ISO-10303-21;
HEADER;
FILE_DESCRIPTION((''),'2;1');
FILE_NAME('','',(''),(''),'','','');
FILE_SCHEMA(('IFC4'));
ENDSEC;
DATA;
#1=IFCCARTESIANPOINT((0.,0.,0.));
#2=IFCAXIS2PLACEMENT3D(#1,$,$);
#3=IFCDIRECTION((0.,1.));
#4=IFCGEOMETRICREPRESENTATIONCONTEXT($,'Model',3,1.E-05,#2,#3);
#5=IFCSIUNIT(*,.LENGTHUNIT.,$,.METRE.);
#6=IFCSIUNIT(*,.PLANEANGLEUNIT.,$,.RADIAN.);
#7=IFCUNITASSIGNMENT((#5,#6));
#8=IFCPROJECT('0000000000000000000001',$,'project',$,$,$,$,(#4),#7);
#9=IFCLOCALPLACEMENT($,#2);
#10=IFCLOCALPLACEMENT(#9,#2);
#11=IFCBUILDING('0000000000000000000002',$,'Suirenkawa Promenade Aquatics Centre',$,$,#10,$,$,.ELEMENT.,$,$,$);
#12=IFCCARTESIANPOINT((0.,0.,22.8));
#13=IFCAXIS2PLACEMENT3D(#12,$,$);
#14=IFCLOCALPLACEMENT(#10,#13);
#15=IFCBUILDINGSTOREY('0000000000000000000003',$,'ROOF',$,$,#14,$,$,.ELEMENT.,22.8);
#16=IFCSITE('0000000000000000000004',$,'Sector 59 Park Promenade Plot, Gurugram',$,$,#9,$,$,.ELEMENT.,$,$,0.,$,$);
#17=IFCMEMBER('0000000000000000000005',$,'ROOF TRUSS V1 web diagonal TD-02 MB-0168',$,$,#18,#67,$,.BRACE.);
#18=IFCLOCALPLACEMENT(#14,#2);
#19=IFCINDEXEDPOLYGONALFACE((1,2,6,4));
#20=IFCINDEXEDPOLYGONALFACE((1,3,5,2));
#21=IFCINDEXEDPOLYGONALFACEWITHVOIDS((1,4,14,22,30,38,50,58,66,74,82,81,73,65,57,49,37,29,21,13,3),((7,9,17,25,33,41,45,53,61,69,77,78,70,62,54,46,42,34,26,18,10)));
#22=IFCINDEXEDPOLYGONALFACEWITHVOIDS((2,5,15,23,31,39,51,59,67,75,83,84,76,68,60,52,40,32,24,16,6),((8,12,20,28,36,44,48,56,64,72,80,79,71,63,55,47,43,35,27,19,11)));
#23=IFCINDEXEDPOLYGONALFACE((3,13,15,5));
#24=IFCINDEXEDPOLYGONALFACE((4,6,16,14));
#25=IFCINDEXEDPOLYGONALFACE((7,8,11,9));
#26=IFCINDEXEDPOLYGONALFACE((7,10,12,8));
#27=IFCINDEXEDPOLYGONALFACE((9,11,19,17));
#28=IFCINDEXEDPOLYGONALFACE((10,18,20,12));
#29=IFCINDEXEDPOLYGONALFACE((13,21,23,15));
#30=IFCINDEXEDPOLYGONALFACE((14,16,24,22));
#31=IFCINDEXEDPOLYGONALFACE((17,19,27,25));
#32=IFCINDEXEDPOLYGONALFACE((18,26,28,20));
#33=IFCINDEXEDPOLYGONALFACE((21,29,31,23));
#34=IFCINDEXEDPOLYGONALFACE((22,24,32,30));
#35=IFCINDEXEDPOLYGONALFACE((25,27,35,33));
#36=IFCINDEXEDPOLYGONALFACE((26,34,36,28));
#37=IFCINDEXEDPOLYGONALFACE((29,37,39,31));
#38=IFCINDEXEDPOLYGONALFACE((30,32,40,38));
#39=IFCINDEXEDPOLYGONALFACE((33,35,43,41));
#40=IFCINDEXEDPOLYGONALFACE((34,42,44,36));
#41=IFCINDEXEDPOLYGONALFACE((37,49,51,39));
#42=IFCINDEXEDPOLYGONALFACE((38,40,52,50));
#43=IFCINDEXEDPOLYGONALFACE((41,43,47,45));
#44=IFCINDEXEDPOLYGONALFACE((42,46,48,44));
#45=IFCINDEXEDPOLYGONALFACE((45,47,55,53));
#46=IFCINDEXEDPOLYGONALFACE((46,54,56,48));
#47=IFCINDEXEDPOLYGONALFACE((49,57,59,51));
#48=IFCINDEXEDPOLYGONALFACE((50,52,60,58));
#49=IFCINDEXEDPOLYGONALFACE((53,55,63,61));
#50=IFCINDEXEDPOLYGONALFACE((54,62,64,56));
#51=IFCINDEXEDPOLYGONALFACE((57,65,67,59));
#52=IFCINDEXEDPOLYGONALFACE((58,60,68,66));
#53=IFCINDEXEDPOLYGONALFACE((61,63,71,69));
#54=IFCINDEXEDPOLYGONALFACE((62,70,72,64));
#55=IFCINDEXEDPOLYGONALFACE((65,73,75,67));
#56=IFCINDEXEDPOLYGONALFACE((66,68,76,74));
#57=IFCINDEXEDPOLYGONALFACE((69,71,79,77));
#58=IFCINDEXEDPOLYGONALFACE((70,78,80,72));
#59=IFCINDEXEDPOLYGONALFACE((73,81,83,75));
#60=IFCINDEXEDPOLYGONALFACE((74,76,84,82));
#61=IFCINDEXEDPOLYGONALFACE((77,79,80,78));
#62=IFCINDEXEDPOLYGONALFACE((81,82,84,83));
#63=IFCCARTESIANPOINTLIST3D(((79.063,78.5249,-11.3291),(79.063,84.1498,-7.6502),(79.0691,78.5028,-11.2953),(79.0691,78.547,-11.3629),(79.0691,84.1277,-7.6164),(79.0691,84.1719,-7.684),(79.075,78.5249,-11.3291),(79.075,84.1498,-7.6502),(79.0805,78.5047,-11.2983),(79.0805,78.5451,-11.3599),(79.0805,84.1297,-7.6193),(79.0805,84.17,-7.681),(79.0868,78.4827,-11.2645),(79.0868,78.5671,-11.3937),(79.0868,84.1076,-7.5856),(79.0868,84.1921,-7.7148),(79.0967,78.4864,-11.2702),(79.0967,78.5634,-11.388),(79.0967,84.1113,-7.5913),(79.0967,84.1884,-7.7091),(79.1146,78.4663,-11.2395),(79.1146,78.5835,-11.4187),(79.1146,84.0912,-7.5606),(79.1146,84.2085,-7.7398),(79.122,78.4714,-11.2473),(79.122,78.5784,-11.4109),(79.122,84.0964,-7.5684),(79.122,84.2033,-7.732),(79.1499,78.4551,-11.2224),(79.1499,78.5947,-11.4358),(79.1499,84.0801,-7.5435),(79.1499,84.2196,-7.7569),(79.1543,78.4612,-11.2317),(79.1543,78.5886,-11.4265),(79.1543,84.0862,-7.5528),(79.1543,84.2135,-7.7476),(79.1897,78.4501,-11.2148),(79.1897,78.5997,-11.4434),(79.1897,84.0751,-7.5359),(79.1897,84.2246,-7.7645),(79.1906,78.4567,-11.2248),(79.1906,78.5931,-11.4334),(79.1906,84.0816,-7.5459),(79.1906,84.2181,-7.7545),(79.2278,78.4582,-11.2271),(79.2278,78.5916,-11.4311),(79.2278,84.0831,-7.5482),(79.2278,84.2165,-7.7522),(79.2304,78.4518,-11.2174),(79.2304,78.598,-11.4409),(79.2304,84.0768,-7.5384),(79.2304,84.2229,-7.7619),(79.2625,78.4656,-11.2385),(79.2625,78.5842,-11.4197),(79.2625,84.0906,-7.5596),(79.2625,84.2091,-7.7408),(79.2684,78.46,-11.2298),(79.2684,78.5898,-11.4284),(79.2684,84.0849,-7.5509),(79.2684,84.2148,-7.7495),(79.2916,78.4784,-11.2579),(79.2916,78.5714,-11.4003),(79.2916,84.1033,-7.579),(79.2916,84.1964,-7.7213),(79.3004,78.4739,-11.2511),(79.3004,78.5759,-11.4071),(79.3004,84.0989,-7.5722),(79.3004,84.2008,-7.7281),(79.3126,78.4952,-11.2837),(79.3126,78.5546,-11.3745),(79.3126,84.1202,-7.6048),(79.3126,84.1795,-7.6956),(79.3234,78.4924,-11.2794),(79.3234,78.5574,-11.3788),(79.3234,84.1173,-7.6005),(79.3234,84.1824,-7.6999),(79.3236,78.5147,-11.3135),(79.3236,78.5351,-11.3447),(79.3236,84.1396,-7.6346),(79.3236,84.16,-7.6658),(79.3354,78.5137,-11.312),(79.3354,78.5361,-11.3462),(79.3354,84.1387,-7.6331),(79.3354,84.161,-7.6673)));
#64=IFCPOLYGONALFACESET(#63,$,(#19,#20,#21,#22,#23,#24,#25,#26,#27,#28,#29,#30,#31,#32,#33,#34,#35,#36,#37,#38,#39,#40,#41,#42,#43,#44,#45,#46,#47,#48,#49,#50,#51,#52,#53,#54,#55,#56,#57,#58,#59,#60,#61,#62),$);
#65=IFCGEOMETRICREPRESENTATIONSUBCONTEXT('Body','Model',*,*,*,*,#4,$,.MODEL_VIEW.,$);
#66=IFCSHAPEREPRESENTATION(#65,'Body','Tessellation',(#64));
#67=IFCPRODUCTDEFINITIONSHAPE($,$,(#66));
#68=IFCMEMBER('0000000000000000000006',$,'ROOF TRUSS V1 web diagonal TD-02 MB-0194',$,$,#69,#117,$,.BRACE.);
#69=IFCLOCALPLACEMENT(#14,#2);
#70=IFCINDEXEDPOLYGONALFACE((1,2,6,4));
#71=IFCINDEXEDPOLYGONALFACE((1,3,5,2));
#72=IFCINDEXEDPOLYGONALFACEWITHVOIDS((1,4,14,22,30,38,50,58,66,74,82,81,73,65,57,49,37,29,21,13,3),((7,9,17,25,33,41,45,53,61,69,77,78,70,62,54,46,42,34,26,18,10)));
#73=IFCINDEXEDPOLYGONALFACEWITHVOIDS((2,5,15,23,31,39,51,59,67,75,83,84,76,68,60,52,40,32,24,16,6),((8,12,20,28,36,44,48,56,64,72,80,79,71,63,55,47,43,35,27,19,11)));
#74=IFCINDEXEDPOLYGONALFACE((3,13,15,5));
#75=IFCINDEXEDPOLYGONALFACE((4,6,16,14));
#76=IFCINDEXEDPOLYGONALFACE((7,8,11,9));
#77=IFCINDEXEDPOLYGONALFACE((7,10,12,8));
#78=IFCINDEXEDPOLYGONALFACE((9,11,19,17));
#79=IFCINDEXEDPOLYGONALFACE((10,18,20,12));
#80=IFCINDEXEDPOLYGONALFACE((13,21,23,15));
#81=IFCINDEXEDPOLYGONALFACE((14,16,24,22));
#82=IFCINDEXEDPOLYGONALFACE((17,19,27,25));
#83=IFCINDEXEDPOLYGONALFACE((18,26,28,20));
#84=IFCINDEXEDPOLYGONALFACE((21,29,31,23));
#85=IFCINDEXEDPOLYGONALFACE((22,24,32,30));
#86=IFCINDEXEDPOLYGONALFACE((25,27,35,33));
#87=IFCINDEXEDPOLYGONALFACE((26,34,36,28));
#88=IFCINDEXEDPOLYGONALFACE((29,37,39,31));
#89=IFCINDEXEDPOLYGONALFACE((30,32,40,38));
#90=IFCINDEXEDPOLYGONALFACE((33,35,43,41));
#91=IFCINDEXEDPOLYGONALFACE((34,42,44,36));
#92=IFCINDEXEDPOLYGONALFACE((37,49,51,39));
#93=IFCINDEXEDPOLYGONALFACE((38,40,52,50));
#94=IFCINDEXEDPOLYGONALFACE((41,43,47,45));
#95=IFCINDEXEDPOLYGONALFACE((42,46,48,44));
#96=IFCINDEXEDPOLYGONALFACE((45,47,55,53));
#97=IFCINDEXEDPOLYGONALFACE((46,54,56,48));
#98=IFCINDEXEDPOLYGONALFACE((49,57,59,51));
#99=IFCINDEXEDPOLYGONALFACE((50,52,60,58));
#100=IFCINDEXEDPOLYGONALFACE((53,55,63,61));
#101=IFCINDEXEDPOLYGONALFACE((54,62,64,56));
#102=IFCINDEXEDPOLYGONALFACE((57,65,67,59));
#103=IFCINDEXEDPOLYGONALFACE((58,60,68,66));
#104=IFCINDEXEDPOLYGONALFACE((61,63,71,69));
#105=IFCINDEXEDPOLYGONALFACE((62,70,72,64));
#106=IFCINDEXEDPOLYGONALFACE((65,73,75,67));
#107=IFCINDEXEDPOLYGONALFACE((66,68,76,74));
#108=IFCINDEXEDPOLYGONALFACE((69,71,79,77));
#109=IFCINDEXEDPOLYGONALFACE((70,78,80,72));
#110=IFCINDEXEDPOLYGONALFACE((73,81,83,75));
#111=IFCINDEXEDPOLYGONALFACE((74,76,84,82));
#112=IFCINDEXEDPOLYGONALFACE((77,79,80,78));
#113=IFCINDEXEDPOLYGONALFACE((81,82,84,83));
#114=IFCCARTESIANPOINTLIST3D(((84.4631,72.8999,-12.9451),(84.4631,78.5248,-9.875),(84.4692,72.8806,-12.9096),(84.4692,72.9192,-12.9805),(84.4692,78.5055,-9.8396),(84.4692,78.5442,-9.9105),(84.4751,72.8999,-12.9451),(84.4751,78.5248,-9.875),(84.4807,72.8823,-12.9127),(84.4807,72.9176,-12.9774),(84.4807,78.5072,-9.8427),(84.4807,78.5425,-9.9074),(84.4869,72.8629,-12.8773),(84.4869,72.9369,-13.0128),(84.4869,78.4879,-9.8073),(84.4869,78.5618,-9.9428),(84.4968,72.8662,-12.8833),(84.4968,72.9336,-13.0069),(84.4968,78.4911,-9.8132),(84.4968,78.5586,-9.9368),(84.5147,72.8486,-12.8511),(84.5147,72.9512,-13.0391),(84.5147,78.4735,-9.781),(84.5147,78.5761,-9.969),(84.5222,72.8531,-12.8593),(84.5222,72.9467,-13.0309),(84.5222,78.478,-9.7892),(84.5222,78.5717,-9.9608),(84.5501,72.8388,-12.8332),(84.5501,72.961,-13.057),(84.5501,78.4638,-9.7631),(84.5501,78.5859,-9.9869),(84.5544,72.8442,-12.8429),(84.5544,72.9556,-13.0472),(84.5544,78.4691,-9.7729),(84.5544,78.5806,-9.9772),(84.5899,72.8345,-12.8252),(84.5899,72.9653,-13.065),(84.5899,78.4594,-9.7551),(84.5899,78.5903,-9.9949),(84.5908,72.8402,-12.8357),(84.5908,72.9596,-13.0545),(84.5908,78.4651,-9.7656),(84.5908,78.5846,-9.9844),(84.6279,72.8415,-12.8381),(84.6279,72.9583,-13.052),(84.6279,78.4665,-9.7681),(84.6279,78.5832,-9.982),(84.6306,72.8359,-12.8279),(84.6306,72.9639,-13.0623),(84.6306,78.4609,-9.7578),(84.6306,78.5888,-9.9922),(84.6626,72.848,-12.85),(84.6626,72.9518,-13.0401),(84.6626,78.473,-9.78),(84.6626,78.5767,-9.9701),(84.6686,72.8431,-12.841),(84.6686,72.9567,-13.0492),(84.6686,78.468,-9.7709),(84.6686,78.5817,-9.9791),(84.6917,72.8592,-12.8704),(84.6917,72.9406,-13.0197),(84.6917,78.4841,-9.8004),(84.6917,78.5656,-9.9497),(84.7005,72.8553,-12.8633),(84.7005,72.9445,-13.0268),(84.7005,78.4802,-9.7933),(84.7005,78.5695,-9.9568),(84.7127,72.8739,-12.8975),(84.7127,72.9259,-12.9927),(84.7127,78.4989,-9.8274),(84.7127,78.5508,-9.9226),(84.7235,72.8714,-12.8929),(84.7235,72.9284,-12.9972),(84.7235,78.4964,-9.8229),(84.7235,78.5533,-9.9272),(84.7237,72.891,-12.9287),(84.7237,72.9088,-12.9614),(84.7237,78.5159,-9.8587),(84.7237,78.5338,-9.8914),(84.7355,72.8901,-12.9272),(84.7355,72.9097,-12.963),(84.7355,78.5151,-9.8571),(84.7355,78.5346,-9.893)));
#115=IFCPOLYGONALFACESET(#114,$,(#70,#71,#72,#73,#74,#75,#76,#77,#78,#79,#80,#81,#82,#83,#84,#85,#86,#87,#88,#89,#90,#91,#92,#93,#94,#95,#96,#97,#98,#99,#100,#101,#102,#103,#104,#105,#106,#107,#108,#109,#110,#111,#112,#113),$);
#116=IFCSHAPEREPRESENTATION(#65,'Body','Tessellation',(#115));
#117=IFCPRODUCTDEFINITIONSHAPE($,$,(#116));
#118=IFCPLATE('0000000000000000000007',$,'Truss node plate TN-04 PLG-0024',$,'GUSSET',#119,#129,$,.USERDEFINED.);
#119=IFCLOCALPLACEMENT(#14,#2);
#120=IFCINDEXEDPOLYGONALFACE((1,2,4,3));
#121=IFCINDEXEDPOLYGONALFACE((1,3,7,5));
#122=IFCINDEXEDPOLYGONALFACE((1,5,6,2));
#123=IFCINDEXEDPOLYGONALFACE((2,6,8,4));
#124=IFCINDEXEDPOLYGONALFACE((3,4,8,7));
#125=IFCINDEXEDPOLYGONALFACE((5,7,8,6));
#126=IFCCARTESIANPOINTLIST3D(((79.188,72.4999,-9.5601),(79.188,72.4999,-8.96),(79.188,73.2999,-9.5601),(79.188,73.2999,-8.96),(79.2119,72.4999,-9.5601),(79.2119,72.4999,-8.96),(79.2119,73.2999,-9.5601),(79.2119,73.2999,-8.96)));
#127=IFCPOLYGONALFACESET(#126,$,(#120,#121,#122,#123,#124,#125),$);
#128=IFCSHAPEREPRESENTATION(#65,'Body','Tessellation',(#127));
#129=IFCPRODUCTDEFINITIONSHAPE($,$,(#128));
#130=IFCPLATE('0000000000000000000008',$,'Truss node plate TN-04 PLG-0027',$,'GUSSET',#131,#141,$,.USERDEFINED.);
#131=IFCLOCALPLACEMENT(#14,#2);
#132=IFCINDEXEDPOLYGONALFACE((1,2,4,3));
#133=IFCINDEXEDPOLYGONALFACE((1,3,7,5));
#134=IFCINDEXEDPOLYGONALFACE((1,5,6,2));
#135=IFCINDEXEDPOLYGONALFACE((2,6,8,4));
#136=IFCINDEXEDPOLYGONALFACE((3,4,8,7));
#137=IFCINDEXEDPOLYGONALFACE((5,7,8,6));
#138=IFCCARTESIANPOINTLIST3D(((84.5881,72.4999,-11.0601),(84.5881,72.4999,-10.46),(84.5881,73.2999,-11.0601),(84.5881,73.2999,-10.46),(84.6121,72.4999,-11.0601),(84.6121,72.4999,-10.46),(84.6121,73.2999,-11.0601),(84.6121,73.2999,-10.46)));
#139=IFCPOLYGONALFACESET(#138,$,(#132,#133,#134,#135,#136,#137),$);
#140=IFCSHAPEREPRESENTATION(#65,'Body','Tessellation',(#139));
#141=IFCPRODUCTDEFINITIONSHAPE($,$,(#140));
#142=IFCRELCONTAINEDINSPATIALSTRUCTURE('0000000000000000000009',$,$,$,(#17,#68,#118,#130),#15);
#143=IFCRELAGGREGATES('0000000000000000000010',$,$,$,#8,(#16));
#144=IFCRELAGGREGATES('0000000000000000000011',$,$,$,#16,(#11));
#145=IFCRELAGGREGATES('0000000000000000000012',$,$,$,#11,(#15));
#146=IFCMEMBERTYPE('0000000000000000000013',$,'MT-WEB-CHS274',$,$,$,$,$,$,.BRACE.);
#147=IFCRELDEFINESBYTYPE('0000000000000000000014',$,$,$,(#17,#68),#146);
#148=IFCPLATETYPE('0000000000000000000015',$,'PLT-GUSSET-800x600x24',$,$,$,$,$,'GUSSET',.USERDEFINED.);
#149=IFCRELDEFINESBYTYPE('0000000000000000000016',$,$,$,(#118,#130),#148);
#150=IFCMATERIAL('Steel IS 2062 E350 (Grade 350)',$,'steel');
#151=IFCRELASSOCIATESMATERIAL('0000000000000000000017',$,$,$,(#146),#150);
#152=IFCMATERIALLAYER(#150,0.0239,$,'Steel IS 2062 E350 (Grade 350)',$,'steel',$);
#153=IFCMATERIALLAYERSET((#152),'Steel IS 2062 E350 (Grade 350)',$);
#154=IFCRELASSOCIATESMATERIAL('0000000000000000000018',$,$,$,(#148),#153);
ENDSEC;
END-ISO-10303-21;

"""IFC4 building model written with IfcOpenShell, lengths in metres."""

from ifc_helpers import new_model, si_unit, direction, frame, origin, origin_2d, place, context, subcontext, project, spatial, rectangle, hollow_circle, extrude, material, layer, layer_set, material_profile, profile_set, type_object, element, save


model = new_model("IFC4")

# Units and contexts
model_context = context("Model", 3, precision=1e-05, world=origin(), true_north=direction((0.0, 1.0)))
body_context = subcontext(model_context, "Body", "Model", "MODEL_VIEW")
ifc_project = project(units=[si_unit("LENGTHUNIT", "METRE"), si_unit("PLANEANGLEUNIT", "RADIAN")], contexts=[model_context])

# Site, building, storey
site_placement = place(None, origin())
site = spatial("IfcSite", under=ifc_project, at=site_placement, Name="Sector 59 Park Promenade Plot, Gurugram", CompositionType="ELEMENT", RefElevation=0.0)
building_placement = place(site_placement, origin())
building = spatial("IfcBuilding", under=site, at=building_placement, Name="Suirenkawa Promenade Aquatics Centre", CompositionType="ELEMENT")
storey_placement = place(building_placement, frame((0.0, 0.0, 22.8)))
storey = spatial("IfcBuildingStorey", under=building, at=storey_placement, Name="ROOF", CompositionType="ELEMENT", Elevation=22.8)

# Shared definitions
ifc_material = material(Name="Steel IS 2062 E350 (Grade 350)", Category="steel")

# Members
ifc_material_profile_1 = material_profile(ifc_material, hollow_circle(Radius=0.137, WallThickness=0.012, at=origin_2d()), Name="CHS 274x12", Category="steel")
ifc_profile_set_1 = profile_set([ifc_material_profile_1], Name="Steel IS 2062 E350 (Grade 350)")
member_type_1 = type_object("IfcMemberType", Name="MT-WEB-CHS274", PredefinedType="BRACE", material=ifc_profile_set_1)
member_1_placement = place(storey_placement, frame((79.2, 78.5249, -11.3291), z_axis=(0.0, 0.836897, 0.547361), x_axis=(-1.0, 0.0, 0.0)))
element("IfcMember", 1, at=member_1_placement, inside=storey, type_object=member_type_1, Name="ROOF TRUSS V1 web diagonal TD-02 MB-0168", PredefinedType="BRACE", context=body_context, shape_type="SweptSolid", body=[
    extrude(hollow_circle(Radius=0.137, WallThickness=0.012, at=origin_2d()), origin(), (0.0, 0.0, 1.0), 6.7212),
])
member_2_placement = place(storey_placement, frame((84.6001, 72.8999, -12.9451), z_axis=(0.0, 0.877772, 0.479079), x_axis=(-1.0, 0.0, 0.0)))
element("IfcMember", 2, at=member_2_placement, inside=storey, type_object=member_type_1, Name="ROOF TRUSS V1 web diagonal TD-02 MB-0194", PredefinedType="BRACE", context=body_context, shape_type="SweptSolid", body=[
    extrude(hollow_circle(Radius=0.137, WallThickness=0.012, at=origin_2d()), origin(), (0.0, 0.0, 1.0), 6.4082),
])

# Plates
ifc_layer = layer(ifc_material, 0.0239, Name="Steel IS 2062 E350 (Grade 350)", Category="steel")
ifc_layer_set = layer_set([ifc_layer], Name="Steel IS 2062 E350 (Grade 350)")
plate_type = type_object("IfcPlateType", Name="PLT-GUSSET-800x600x24", ElementType="GUSSET", PredefinedType="USERDEFINED", material=ifc_layer_set)
for number, where, z_axis, x_axis, name in (
    (3, (79.2, 72.8999, -9.5601), (0.0, 0.0, 1.0), (0.0, 1.0, 0.0), "Truss node plate TN-04 PLG-0024"),
    (4, (84.6001, 72.8999, -11.0601), (0.0, 0.0, 1.0), (0.0, 1.0, 0.0), "Truss node plate TN-04 PLG-0027"),
):
    element("IfcPlate", number, at=place(storey_placement, frame(where, z_axis=z_axis, x_axis=x_axis)), inside=storey, type_object=plate_type, Name=name, ObjectType="GUSSET", PredefinedType="USERDEFINED", context=body_context, shape_type="SweptSolid", body=[
        extrude(rectangle(XDim=0.8, YDim=0.0239, at=origin_2d()), origin(), (0.0, 0.0, 1.0), 0.6001),
    ])

save(model, "model.ifc")
